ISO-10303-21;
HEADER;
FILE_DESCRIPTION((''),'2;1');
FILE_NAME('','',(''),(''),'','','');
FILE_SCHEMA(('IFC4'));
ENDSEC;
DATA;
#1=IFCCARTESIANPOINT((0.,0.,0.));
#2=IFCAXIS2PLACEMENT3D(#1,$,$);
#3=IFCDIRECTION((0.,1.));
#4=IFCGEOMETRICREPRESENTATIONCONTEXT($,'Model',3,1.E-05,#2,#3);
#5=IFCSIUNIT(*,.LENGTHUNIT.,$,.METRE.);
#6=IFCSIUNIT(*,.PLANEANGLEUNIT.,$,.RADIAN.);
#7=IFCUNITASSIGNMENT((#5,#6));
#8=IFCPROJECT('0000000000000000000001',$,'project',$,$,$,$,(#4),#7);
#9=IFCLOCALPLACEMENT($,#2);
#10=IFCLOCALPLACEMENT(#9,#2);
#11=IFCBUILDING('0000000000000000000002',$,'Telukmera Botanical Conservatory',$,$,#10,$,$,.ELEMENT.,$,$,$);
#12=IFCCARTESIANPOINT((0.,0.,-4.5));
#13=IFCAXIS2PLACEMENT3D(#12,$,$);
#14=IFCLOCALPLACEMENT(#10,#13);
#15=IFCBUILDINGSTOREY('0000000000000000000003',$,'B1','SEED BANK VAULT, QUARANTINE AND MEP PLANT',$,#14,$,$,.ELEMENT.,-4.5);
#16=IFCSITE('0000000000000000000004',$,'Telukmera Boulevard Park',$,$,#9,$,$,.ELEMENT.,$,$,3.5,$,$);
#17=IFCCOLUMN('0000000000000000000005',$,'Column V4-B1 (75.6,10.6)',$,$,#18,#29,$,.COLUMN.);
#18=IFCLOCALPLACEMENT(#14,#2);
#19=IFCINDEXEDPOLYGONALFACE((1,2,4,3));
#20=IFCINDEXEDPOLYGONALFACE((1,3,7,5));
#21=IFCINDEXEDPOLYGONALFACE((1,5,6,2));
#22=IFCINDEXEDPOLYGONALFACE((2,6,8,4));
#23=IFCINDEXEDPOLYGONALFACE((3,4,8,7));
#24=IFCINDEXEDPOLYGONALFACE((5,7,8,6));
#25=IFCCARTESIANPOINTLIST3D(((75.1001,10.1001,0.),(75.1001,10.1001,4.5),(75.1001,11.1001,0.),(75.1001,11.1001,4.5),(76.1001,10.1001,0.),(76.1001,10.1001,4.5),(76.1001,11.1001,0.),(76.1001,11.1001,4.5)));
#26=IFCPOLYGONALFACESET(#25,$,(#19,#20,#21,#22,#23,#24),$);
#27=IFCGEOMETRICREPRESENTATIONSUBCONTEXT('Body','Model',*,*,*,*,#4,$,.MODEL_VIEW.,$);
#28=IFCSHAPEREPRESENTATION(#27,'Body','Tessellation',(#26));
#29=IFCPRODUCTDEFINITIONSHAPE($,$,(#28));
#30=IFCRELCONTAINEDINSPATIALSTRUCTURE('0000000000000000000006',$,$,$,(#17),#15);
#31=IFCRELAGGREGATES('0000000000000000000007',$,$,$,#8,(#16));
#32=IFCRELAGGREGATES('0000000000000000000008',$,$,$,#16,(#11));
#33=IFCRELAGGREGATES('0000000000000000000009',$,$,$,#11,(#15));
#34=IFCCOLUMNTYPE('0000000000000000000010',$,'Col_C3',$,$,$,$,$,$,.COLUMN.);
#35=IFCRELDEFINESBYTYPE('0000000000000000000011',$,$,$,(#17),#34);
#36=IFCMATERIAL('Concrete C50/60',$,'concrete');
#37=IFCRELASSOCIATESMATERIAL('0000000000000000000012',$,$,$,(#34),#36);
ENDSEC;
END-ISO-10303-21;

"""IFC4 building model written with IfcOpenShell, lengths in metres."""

from ifc_helpers import new_model, si_unit, direction, frame, origin, origin_2d, place, context, subcontext, project, spatial, rectangle, extrude, material, material_profile, profile_set, type_object, element, save


model = new_model("IFC4")

# Units and contexts
model_context = context("Model", 3, precision=1e-05, world=origin(), true_north=direction((0.0, 1.0)))
body_context = subcontext(model_context, "Body", "Model", "MODEL_VIEW")
ifc_project = project(units=[si_unit("LENGTHUNIT", "METRE"), si_unit("PLANEANGLEUNIT", "RADIAN")], contexts=[model_context])

# Site, building, storey
site_placement = place(None, origin())
site = spatial("IfcSite", under=ifc_project, at=site_placement, Name="Telukmera Boulevard Park", CompositionType="ELEMENT", RefElevation=3.5)
building_placement = place(site_placement, origin())
building = spatial("IfcBuilding", under=site, at=building_placement, Name="Telukmera Botanical Conservatory", CompositionType="ELEMENT")
storey_placement = place(building_placement, frame((0.0, 0.0, -4.5)))
storey = spatial("IfcBuildingStorey", under=building, at=storey_placement, Name="B1", Description="SEED BANK VAULT, QUARANTINE AND MEP PLANT", CompositionType="ELEMENT", Elevation=-4.5)

# Shared definitions
ifc_material_1 = material(Name="Concrete C50/60", Category="concrete")

# Column
ifc_material_profile_1 = material_profile(ifc_material_1, rectangle(XDim=1.0, YDim=1.0, at=origin_2d()), Name="RC 1000x1000")
ifc_profile_set_1 = profile_set([ifc_material_profile_1], Name="Concrete C50/60")
column_type_1 = type_object("IfcColumnType", Name="Col_C3", PredefinedType="COLUMN", material=ifc_profile_set_1)
for number, where, z_axis, x_axis, name in (
    (1, (75.6001, 10.6001, 0.0), (0.0, 0.0, 1.0), (1.0, 0.0, 0.0), "Column V4-B1 (75.6,10.6)"),
):
    element("IfcColumn", number, at=place(storey_placement, frame(where, z_axis=z_axis, x_axis=x_axis)), inside=storey, type_object=column_type_1, Name=name, PredefinedType="COLUMN", context=body_context, shape_type="SweptSolid", body=[
        extrude(rectangle(XDim=1.0, YDim=1.0, at=origin_2d()), origin(), (0.0, 0.0, 1.0), 4.5),
    ])

save(model, "model.ifc")
